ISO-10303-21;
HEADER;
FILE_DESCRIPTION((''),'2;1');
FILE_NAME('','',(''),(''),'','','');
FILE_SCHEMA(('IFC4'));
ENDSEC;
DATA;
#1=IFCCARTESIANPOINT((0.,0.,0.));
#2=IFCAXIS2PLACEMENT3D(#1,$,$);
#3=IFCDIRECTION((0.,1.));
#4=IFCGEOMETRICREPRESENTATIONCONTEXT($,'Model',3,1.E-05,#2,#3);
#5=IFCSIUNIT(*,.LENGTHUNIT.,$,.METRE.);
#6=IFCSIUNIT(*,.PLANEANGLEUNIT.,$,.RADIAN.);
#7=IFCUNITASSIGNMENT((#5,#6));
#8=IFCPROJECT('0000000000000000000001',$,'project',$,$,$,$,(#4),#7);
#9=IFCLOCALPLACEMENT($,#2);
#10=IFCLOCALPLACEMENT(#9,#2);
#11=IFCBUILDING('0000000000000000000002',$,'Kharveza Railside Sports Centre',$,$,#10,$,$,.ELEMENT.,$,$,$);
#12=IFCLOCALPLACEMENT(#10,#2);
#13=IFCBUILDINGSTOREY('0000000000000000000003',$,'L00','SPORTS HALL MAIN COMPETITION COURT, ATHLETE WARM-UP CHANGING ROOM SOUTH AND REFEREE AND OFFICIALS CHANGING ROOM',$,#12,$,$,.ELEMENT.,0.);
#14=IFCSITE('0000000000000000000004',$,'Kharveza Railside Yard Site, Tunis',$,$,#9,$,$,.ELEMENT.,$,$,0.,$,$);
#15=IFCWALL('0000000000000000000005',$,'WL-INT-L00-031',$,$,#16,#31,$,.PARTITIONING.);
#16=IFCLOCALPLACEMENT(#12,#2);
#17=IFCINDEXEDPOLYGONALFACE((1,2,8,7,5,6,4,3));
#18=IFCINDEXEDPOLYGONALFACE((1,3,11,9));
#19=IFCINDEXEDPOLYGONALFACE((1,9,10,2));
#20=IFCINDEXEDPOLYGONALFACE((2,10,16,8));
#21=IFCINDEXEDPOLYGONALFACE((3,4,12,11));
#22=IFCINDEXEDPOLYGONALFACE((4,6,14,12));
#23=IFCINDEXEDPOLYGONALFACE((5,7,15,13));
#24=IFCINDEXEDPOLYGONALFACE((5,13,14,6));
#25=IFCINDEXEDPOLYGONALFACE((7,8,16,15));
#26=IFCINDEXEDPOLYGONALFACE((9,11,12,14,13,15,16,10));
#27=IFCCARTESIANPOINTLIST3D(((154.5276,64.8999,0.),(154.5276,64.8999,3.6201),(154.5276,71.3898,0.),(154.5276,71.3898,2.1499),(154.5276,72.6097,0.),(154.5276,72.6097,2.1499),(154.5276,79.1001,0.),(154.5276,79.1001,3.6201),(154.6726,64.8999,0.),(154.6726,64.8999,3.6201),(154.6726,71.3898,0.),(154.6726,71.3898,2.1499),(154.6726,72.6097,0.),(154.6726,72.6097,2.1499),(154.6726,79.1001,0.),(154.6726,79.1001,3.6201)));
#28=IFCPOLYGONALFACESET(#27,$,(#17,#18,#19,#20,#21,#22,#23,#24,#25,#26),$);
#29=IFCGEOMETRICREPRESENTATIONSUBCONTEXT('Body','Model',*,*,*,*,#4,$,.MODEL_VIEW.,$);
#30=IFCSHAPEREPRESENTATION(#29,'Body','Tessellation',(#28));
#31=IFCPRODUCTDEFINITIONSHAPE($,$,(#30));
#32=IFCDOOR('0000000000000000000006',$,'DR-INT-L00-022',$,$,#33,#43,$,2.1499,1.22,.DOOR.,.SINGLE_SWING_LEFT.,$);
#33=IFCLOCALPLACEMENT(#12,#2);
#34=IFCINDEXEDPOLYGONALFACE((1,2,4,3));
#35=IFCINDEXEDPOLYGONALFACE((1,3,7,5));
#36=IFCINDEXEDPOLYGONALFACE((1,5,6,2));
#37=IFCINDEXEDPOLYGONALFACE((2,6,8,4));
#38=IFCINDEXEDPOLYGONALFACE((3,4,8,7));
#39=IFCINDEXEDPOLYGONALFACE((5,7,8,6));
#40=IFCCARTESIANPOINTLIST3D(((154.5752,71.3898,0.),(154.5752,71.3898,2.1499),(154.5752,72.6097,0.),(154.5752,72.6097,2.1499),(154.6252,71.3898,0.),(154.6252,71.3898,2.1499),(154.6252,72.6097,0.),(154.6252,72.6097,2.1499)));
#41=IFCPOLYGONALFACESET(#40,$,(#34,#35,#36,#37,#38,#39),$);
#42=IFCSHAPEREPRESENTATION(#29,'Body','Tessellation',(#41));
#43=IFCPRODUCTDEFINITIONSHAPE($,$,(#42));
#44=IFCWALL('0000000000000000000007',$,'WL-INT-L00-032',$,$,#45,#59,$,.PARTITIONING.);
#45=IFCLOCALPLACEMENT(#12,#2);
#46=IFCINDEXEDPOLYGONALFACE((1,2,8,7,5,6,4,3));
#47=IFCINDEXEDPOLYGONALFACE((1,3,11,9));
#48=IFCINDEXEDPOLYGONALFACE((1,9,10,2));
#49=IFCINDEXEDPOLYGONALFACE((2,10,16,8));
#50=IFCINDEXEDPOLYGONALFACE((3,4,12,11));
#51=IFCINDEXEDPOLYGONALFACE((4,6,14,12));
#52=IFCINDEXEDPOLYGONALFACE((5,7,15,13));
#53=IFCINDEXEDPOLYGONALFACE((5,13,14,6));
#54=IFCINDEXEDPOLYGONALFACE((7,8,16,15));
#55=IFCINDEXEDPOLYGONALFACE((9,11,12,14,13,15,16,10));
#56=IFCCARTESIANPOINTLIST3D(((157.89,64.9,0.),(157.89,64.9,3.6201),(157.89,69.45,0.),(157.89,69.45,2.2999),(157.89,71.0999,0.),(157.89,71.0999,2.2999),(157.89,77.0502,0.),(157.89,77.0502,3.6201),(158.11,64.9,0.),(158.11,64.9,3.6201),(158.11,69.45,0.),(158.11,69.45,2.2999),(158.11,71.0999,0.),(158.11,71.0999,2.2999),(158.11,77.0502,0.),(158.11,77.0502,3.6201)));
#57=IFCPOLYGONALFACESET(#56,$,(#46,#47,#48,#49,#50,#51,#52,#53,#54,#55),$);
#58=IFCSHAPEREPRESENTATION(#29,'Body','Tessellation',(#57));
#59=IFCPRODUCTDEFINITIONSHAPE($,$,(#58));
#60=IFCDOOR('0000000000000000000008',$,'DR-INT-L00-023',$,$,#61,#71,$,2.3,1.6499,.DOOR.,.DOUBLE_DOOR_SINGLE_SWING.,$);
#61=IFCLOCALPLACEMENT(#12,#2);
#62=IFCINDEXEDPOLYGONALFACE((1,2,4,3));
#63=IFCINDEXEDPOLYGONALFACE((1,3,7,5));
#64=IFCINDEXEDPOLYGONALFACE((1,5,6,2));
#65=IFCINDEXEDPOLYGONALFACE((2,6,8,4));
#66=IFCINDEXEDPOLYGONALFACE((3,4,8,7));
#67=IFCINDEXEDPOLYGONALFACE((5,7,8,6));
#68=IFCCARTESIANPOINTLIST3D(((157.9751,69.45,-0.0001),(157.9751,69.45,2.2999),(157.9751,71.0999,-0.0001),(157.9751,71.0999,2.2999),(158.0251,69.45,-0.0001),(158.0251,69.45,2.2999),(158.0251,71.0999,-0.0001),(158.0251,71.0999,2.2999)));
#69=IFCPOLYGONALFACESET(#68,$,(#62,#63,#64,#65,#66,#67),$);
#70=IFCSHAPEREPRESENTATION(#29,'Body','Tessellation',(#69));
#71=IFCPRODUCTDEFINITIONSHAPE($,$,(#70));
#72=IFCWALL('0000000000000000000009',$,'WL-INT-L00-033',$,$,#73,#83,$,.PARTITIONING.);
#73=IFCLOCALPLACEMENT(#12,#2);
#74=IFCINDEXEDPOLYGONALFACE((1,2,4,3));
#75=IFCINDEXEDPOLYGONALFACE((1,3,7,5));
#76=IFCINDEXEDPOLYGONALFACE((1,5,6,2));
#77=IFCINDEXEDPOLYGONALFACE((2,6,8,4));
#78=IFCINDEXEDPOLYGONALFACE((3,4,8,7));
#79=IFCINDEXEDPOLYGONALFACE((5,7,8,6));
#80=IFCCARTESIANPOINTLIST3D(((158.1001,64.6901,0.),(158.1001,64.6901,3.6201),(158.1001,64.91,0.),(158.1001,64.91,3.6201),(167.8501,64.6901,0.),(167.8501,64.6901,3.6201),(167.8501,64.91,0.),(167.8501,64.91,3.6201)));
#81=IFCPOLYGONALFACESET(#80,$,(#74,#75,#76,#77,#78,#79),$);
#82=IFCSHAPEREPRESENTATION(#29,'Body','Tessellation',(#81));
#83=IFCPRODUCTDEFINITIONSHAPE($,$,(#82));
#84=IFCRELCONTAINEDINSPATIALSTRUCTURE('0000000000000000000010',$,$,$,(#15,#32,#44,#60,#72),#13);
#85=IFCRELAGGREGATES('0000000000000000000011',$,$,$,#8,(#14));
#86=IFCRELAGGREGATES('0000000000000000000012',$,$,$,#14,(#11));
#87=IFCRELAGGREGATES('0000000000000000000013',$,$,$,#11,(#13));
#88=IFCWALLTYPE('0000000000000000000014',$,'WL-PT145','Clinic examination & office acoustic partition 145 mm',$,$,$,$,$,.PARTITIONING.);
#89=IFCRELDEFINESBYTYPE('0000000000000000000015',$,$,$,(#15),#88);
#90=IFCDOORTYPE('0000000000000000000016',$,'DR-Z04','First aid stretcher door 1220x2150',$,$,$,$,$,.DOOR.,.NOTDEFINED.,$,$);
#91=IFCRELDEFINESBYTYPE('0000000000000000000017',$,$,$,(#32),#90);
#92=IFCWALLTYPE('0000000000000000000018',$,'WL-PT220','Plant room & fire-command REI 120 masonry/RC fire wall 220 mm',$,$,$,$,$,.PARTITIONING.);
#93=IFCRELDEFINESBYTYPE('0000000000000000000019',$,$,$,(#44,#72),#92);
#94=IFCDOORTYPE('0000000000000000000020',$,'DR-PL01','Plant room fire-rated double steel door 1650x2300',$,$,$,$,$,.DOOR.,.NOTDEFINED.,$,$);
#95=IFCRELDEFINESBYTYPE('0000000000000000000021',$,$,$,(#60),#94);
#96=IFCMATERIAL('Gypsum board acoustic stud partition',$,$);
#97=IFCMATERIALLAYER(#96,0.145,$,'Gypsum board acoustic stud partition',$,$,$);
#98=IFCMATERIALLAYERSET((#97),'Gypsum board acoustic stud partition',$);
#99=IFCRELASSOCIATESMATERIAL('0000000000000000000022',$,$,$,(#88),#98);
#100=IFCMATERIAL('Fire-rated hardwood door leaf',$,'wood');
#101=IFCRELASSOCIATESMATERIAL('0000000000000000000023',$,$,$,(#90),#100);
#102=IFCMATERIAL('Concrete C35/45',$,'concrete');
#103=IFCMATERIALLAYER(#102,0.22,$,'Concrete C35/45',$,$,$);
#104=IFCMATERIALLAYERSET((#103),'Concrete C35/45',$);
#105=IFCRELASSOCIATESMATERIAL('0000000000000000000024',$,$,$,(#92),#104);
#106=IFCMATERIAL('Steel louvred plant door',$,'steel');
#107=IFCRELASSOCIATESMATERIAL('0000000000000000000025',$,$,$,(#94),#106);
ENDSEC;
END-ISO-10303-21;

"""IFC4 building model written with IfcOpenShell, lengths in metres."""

from ifc_helpers import new_model, si_unit, direction, frame, frame_2d, origin, place, context, subcontext, project, spatial, rectangle, extrude, material, layer, layer_set, type_object, element, fill, save


model = new_model("IFC4")

# Units and contexts
model_context = context("Model", 3, precision=1e-05, world=origin(), true_north=direction((0.0, 1.0)))
body_context = subcontext(model_context, "Body", "Model", "MODEL_VIEW")
ifc_project = project(units=[si_unit("LENGTHUNIT", "METRE"), si_unit("PLANEANGLEUNIT", "RADIAN")], contexts=[model_context])

# Site, building, storey
site_placement = place(None, origin())
site = spatial("IfcSite", under=ifc_project, at=site_placement, Name="Kharveza Railside Yard Site, Tunis", CompositionType="ELEMENT", RefElevation=0.0)
building_placement = place(site_placement, origin())
building = spatial("IfcBuilding", under=site, at=building_placement, Name="Kharveza Railside Sports Centre", CompositionType="ELEMENT")
storey_placement = place(building_placement, origin())
storey = spatial("IfcBuildingStorey", under=building, at=storey_placement, Name="L00", Description="SPORTS HALL MAIN COMPETITION COURT, ATHLETE WARM-UP CHANGING ROOM SOUTH AND REFEREE AND OFFICIALS CHANGING ROOM", CompositionType="ELEMENT", Elevation=0.0)

# Shared definitions
ifc_material_1 = material(Name="Concrete C35/45", Category="concrete")

# Walls, openings, doors
ifc_material_2 = material(Name="Gypsum board acoustic stud partition")
ifc_layer_1 = layer(ifc_material_2, 0.145, Name="Gypsum board acoustic stud partition")
ifc_layer_set_1 = layer_set([ifc_layer_1], Name="Gypsum board acoustic stud partition")
wall_type_1 = type_object("IfcWallType", Name="WL-PT145", Description="Clinic examination & office acoustic partition 145 mm", PredefinedType="PARTITIONING", material=ifc_layer_set_1)
wall_1_placement = place(storey_placement, frame((154.6001, 64.8999, 0.0), z_axis=(0.0, 0.0, 1.0), x_axis=(0.0, 1.0, 0.0)))
wall_1 = element("IfcWall", 1, at=wall_1_placement, inside=storey, type_object=wall_type_1, Name="WL-INT-L00-031", PredefinedType="PARTITIONING", context=body_context, shape_type="SweptSolid", body=[
    extrude(rectangle(XDim=14.2002, YDim=0.145, at=frame_2d((7.1001, 0.0))), origin(), (0.0, 0.0, 1.0), 3.6201),
])
opening_1_placement = place(wall_1_placement, frame((6.49, 0.0, 0.0)))
opening_1 = element("IfcOpeningElement", 2, at=opening_1_placement, cuts=wall_1, PredefinedType="OPENING", context=body_context, shape_type="SweptSolid", body=[
    extrude(rectangle(XDim=1.22, YDim=2.1499, at=frame_2d((0.6099, 1.075))), frame((0.0, 0.0974, 0.0), z_axis=(0.0, -1.0, 0.0), x_axis=(1.0, 0.0, 0.0)), (0.0, 0.0, 1.0), 0.1948),
])
ifc_material_3 = material(Name="Fire-rated hardwood door leaf", Category="wood")
door_type_1 = type_object("IfcDoorType", Name="DR-Z04", Description="First aid stretcher door 1220x2150", OperationType="NOTDEFINED", PredefinedType="DOOR", material=ifc_material_3)
door_1_placement = place(opening_1_placement, origin())
door_1 = element("IfcDoor", 3, at=door_1_placement, inside=storey, type_object=door_type_1, Name="DR-INT-L00-022", OperationType="SINGLE_SWING_LEFT", OverallHeight=2.1499, OverallWidth=1.22, PredefinedType="DOOR", context=body_context, shape_type="SweptSolid", body=[
    extrude(rectangle(XDim=1.22, YDim=2.1499, at=frame_2d((0.6099, 1.075))), frame((0.0, 0.0249, 0.0), z_axis=(0.0, -1.0, 0.0), x_axis=(1.0, 0.0, 0.0)), (0.0, 0.0, 1.0), 0.05),
])
fill(opening_1, door_1)
ifc_layer_2 = layer(ifc_material_1, 0.22, Name="Concrete C35/45")
ifc_layer_set_2 = layer_set([ifc_layer_2], Name="Concrete C35/45")
wall_type_2 = type_object("IfcWallType", Name="WL-PT220", Description="Plant room & fire-command REI 120 masonry/RC fire wall 220 mm", PredefinedType="PARTITIONING", material=ifc_layer_set_2)
wall_2_placement = place(storey_placement, frame((158.0, 64.8999, 0.0), z_axis=(0.0, 0.0, 1.0), x_axis=(0.0, 1.0, 0.0)))
wall_2 = element("IfcWall", 4, at=wall_2_placement, inside=storey, type_object=wall_type_2, Name="WL-INT-L00-032", PredefinedType="PARTITIONING", context=body_context, shape_type="SweptSolid", body=[
    extrude(rectangle(XDim=12.1501, YDim=0.22, at=frame_2d((6.0752, 0.0))), origin(), (0.0, 0.0, 1.0), 3.6201),
])
opening_2_placement = place(wall_2_placement, frame((4.55, 0.0, 0.0)))
opening_2 = element("IfcOpeningElement", 5, at=opening_2_placement, cuts=wall_2, PredefinedType="OPENING", context=body_context, shape_type="SweptSolid", body=[
    extrude(rectangle(XDim=1.6499, YDim=2.3, at=frame_2d((0.825, 1.1499))), frame((0.0, 0.1348, 0.0), z_axis=(0.0, -1.0, 0.0), x_axis=(1.0, 0.0, 0.0)), (0.0, 0.0, 1.0), 0.2698),
])
ifc_material_4 = material(Name="Steel louvred plant door", Category="steel")
door_type_2 = type_object("IfcDoorType", Name="DR-PL01", Description="Plant room fire-rated double steel door 1650x2300", OperationType="NOTDEFINED", PredefinedType="DOOR", material=ifc_material_4)
door_2_placement = place(opening_2_placement, origin())
door_2 = element("IfcDoor", 6, at=door_2_placement, inside=storey, type_object=door_type_2, Name="DR-INT-L00-023", OperationType="DOUBLE_DOOR_SINGLE_SWING", OverallHeight=2.3, OverallWidth=1.6499, PredefinedType="DOOR", context=body_context, shape_type="SweptSolid", body=[
    extrude(rectangle(XDim=1.6499, YDim=2.3, at=frame_2d((0.825, 1.1499))), frame((0.0, 0.0249, 0.0), z_axis=(0.0, -1.0, 0.0), x_axis=(1.0, 0.0, 0.0)), (0.0, 0.0, 1.0), 0.05),
])
fill(opening_2, door_2)

# Wall
wall_3_placement = place(storey_placement, frame((158.1001, 64.8, 0.0), z_axis=(0.0, 0.0, 1.0), x_axis=(1.0, 0.0, 0.0)))
element("IfcWall", 7, at=wall_3_placement, inside=storey, type_object=wall_type_2, Name="WL-INT-L00-033", PredefinedType="PARTITIONING", context=body_context, shape_type="SweptSolid", body=[
    extrude(rectangle(XDim=9.75, YDim=0.22, at=frame_2d((4.875, 0.0))), origin(), (0.0, 0.0, 1.0), 3.6201),
])

save(model, "model.ifc")
